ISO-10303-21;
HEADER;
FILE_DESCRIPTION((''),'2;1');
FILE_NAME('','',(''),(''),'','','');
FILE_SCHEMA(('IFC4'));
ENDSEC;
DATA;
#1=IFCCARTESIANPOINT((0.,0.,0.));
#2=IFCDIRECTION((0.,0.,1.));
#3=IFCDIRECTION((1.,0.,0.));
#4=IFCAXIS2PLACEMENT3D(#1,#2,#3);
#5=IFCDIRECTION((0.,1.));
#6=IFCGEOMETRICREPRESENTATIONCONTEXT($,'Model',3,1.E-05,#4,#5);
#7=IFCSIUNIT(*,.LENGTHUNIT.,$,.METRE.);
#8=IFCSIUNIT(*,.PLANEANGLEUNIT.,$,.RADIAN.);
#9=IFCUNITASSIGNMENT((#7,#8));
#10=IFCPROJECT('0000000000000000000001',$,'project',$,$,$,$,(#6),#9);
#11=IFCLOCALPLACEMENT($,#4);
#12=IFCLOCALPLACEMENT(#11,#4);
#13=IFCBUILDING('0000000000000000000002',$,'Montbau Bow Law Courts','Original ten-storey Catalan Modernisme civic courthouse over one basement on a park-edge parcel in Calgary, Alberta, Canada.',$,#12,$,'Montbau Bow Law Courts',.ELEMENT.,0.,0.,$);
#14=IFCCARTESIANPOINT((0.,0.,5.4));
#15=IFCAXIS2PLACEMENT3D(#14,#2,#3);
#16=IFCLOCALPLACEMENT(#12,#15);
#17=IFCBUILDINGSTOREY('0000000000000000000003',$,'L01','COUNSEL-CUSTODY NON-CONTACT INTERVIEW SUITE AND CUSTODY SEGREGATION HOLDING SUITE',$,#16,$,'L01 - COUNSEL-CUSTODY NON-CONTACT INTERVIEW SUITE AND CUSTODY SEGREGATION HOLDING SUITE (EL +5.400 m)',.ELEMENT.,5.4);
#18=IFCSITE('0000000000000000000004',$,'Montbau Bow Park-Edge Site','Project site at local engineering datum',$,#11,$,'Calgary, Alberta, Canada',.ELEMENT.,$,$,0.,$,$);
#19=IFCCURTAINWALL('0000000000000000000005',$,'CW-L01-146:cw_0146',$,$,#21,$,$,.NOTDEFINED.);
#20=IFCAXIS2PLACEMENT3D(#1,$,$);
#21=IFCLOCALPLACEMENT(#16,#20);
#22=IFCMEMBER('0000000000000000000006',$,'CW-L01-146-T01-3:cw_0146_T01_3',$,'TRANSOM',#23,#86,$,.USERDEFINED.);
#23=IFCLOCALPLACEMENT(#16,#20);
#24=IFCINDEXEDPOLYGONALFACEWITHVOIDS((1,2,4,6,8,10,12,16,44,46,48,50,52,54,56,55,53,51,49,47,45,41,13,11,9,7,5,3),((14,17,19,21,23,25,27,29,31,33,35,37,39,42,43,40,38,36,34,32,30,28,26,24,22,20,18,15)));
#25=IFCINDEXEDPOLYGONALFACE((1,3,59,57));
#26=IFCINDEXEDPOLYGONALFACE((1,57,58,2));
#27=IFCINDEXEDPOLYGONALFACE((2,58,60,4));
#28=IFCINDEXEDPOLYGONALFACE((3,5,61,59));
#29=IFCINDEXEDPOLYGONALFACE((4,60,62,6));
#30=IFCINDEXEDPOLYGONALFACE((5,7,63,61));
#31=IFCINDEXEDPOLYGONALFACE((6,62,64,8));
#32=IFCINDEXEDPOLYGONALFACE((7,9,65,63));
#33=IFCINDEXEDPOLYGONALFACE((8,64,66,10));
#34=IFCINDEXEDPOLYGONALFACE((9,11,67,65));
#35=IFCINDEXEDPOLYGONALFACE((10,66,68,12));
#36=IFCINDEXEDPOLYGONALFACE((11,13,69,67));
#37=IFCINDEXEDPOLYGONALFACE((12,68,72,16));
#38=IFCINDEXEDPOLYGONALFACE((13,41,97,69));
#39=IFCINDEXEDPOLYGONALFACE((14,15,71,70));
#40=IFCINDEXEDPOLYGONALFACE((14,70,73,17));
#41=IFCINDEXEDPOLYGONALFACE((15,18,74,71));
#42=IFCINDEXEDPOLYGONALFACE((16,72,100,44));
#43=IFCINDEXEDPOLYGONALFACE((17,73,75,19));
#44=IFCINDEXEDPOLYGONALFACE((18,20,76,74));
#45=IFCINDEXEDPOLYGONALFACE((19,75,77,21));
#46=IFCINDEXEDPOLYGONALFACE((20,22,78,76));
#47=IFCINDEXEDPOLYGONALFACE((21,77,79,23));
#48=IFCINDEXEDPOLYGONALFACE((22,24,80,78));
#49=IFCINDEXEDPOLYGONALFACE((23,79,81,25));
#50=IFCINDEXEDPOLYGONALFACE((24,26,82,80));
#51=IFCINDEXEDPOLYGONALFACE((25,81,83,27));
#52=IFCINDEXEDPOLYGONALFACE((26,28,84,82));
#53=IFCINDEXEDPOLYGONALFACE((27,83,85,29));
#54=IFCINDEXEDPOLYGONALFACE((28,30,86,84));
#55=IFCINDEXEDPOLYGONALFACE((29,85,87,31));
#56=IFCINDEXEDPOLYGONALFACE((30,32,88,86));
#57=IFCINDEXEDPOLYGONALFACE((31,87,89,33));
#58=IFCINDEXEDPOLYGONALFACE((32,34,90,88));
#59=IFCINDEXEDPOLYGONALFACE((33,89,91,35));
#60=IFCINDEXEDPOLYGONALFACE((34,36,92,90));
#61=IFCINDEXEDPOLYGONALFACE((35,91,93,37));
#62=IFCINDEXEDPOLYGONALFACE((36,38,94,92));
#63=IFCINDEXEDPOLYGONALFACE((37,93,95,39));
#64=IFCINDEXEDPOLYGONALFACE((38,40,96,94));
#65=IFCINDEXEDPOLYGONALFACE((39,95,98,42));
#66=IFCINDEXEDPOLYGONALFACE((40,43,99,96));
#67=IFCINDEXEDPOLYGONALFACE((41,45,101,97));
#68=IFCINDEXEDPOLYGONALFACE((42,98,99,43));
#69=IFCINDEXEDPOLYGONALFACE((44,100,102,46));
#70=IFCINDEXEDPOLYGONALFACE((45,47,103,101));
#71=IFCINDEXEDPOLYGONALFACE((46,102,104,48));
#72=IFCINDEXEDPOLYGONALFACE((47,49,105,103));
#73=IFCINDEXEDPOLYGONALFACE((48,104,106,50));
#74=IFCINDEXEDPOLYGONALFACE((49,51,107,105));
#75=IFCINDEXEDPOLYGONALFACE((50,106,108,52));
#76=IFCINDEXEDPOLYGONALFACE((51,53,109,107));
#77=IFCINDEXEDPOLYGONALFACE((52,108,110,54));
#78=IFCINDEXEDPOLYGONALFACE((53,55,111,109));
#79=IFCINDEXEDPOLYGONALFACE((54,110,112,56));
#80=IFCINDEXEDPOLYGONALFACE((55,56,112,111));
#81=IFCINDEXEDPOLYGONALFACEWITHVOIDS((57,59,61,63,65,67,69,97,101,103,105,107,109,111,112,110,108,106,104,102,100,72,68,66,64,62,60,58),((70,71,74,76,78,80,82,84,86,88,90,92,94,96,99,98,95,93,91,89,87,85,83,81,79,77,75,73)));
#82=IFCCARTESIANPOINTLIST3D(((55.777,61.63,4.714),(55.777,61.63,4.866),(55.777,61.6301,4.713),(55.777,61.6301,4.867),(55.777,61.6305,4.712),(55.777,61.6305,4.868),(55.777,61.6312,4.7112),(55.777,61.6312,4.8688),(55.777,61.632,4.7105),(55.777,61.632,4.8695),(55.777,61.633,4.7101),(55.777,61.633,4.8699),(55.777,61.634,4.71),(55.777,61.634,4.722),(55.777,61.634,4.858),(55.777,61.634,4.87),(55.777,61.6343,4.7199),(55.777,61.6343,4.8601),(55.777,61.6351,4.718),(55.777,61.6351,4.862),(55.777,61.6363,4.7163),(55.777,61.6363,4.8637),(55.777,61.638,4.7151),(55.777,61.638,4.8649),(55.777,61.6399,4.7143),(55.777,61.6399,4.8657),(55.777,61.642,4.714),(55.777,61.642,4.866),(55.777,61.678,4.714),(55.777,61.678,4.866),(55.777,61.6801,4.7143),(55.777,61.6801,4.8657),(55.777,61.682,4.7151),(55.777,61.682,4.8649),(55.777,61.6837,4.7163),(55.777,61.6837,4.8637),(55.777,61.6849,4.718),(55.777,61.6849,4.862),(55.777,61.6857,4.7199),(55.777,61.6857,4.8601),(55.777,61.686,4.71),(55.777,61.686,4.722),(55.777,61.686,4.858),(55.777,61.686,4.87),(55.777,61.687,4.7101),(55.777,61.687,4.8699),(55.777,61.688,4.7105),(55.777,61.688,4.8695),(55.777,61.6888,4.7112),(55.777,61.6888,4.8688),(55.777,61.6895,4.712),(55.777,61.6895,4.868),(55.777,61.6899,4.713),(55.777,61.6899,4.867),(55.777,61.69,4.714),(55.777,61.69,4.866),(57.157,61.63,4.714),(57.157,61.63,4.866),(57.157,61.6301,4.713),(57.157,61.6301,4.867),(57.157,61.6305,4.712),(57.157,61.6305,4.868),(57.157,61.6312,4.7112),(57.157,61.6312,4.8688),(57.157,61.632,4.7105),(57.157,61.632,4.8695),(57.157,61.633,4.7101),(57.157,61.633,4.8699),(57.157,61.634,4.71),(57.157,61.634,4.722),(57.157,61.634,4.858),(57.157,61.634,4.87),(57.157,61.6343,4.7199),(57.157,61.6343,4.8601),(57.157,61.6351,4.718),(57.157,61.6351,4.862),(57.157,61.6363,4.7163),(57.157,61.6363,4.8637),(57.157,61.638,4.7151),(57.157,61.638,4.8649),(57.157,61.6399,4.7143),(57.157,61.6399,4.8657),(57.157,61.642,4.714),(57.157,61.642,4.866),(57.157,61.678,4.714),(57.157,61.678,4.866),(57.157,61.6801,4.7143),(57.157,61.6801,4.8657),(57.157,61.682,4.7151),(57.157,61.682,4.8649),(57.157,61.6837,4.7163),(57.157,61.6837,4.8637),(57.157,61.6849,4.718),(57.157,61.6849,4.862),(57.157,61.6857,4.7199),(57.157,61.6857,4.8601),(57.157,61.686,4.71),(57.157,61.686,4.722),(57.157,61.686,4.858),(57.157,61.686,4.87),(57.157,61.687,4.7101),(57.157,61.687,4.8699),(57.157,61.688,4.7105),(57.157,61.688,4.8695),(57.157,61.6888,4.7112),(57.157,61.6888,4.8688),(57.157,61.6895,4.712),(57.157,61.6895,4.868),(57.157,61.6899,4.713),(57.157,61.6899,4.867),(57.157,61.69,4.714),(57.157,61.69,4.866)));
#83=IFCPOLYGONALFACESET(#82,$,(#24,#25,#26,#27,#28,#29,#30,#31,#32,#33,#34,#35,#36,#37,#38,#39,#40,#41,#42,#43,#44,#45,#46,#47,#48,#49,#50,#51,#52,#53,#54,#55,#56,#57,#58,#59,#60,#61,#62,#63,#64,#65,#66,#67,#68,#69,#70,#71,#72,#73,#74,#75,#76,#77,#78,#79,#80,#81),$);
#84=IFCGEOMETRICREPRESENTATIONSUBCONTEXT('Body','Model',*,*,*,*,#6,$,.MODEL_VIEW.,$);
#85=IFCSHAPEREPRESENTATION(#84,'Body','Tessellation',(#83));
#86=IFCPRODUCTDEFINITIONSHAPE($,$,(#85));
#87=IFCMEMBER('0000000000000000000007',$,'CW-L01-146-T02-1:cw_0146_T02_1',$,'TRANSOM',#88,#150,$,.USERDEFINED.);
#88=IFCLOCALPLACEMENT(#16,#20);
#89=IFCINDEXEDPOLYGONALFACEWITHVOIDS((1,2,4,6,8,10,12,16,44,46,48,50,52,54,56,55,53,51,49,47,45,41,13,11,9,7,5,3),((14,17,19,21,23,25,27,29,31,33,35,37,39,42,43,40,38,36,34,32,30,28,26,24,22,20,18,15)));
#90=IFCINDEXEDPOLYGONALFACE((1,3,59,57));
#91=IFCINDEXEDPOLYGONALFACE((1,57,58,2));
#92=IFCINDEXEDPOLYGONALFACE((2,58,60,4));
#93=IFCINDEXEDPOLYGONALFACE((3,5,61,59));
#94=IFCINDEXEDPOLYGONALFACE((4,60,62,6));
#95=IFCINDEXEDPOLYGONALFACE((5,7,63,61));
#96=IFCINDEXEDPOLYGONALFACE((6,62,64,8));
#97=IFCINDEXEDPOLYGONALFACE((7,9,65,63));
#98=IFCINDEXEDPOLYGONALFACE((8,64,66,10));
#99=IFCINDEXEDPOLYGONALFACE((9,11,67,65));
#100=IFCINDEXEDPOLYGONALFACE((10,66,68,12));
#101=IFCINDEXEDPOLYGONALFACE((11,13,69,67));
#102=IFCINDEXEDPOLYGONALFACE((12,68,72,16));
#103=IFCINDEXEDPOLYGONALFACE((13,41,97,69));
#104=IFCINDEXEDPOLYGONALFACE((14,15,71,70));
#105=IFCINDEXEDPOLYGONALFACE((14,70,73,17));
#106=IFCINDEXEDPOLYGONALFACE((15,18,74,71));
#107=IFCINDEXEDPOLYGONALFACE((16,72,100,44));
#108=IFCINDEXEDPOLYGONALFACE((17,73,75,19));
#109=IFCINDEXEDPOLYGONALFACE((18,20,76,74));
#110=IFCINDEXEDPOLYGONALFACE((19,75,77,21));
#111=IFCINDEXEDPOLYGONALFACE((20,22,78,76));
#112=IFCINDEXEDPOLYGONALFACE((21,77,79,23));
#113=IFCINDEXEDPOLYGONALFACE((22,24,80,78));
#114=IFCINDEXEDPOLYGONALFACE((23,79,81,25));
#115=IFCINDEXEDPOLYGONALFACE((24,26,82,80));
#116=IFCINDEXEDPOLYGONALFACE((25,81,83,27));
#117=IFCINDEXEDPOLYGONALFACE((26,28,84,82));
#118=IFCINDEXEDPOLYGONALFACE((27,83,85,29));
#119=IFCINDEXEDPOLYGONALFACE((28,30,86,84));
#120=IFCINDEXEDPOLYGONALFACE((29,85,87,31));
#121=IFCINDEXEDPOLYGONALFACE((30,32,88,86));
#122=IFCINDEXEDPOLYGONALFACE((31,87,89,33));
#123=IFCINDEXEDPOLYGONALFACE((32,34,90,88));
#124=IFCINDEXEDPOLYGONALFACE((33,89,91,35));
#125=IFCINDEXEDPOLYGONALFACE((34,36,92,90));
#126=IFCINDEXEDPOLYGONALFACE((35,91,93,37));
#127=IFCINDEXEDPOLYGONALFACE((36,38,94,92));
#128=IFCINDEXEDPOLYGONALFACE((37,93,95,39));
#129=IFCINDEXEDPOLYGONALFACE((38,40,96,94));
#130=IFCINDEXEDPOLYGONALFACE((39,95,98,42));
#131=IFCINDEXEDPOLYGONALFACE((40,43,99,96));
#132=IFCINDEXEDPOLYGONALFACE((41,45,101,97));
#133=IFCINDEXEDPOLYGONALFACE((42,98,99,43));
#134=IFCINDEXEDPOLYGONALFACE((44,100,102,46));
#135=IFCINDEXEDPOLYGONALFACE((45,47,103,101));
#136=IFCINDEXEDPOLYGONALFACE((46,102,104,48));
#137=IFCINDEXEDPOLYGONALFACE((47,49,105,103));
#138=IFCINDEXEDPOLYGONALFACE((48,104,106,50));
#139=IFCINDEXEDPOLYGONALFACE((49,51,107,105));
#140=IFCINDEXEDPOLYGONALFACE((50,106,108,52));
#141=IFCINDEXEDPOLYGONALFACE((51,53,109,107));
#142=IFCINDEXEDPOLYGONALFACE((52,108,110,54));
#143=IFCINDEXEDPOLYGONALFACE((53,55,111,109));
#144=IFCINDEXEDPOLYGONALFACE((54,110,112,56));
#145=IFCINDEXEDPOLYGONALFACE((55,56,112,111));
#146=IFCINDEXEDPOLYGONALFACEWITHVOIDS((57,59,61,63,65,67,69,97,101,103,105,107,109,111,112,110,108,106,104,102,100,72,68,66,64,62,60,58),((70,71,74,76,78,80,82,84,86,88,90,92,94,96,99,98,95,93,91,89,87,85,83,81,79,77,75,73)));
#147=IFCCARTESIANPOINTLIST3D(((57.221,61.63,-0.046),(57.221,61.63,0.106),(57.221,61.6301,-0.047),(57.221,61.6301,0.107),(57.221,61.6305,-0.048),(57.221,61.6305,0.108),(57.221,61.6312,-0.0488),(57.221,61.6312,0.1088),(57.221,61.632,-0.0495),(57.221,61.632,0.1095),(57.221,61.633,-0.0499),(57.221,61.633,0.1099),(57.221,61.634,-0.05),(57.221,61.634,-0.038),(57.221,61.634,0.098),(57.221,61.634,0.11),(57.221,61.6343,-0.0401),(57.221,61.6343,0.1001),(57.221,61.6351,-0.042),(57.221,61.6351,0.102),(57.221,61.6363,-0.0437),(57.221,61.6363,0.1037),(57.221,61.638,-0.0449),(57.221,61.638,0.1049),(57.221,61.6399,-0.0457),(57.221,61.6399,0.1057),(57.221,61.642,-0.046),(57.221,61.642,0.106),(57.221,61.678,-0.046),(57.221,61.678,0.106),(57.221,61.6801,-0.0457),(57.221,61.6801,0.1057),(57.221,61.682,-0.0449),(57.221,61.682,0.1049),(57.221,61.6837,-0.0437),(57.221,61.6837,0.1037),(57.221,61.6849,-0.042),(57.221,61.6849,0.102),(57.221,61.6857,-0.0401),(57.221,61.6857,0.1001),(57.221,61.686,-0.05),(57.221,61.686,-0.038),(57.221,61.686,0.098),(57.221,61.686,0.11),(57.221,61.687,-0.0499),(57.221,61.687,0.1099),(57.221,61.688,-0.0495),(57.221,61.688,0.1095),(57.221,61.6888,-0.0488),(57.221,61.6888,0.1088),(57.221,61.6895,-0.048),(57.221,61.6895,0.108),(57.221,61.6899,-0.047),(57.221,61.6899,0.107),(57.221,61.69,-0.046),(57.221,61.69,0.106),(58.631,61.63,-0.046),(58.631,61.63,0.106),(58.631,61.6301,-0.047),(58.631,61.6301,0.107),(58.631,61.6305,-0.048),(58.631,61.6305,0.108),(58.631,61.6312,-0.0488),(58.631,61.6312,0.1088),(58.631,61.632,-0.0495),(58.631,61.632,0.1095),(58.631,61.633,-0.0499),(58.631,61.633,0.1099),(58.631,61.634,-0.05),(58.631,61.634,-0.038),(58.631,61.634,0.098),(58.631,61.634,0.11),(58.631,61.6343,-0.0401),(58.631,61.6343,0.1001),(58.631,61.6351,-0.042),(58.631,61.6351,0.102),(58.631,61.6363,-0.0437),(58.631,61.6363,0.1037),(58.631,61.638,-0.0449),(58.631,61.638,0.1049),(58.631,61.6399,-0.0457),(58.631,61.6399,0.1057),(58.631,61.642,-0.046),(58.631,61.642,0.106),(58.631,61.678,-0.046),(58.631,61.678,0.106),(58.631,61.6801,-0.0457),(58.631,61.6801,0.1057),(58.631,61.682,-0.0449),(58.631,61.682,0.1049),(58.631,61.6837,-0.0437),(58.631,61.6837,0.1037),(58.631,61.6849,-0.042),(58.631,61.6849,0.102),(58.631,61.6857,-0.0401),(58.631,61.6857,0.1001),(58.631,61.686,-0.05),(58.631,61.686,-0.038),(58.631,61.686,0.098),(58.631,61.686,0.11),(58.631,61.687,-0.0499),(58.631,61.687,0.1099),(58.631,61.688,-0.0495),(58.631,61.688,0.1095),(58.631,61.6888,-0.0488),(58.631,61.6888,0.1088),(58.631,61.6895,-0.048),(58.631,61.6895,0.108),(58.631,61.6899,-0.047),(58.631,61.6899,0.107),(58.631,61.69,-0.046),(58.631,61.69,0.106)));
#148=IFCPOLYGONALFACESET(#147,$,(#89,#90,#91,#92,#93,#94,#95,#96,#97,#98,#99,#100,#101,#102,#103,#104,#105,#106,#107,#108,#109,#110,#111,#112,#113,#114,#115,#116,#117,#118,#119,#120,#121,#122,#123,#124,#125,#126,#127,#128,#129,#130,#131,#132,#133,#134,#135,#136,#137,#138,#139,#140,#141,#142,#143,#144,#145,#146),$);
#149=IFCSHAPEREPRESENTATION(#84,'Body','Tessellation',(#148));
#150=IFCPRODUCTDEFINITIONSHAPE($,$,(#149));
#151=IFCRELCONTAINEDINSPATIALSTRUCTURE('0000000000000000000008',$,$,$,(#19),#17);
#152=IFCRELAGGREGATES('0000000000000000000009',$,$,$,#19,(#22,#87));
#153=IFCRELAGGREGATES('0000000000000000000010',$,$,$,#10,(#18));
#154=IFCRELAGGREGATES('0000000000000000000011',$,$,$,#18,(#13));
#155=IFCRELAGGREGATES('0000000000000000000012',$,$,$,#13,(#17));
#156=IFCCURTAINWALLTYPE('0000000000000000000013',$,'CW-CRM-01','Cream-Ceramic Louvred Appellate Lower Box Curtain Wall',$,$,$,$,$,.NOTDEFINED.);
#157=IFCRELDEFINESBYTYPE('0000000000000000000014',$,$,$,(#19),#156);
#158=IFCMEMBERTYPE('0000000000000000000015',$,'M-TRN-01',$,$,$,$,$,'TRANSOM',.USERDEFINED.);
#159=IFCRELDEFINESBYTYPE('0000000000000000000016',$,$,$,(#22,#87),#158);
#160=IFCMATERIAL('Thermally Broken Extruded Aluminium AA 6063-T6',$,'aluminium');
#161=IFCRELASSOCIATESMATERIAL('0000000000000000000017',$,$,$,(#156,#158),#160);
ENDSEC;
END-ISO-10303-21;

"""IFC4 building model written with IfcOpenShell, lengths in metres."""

from ifc_helpers import new_model, si_unit, direction, frame, origin_with_axes, origin_2d_with_axis, place, context, subcontext, project, spatial, hollow_rectangle, extrude, material, material_profile, profile_set, type_object, element, aggregate, save


model = new_model("IFC4")

# Units and contexts
model_context = context("Model", 3, precision=1e-05, world=origin_with_axes(), true_north=direction((0.0, 1.0)))
body_context = subcontext(model_context, "Body", "Model", "MODEL_VIEW")
ifc_project = project(units=[si_unit("LENGTHUNIT", "METRE"), si_unit("PLANEANGLEUNIT", "RADIAN")], contexts=[model_context])

# Site, building, storey
site_placement = place(None, origin_with_axes())
site = spatial("IfcSite", under=ifc_project, at=site_placement, Name="Montbau Bow Park-Edge Site", Description="Project site at local engineering datum", LongName="Calgary, Alberta, Canada", CompositionType="ELEMENT", RefElevation=0.0)
building_placement = place(site_placement, origin_with_axes())
building = spatial("IfcBuilding", under=site, at=building_placement, Name="Montbau Bow Law Courts", Description="Original ten-storey Catalan Modernisme civic courthouse over one basement on a park-edge parcel in Calgary, Alberta, Canada.", LongName="Montbau Bow Law Courts", CompositionType="ELEMENT", ElevationOfRefHeight=0.0, ElevationOfTerrain=0.0)
storey_placement = place(building_placement, frame((0.0, 0.0, 5.4), z_axis=(0.0, 0.0, 1.0), x_axis=(1.0, 0.0, 0.0)))
storey = spatial("IfcBuildingStorey", under=building, at=storey_placement, Name="L01", Description="COUNSEL-CUSTODY NON-CONTACT INTERVIEW SUITE AND CUSTODY SEGREGATION HOLDING SUITE", LongName="L01 - COUNSEL-CUSTODY NON-CONTACT INTERVIEW SUITE AND CUSTODY SEGREGATION HOLDING SUITE (EL +5.400 m)", CompositionType="ELEMENT", Elevation=5.4)

# Curtain wall, members
ifc_material_1 = material(Name="Thermally Broken Extruded Aluminium AA 6063-T6", Category="aluminium")
curtain_wall_type = type_object("IfcCurtainWallType", Name="CW-CRM-01", Description="Cream-Ceramic Louvred Appellate Lower Box Curtain Wall", PredefinedType="NOTDEFINED", material=ifc_material_1)
curtain_wall_1_placement = place(None, frame((55.715, 61.66, 5.4), z_axis=(0.0, 0.0, 1.0), x_axis=(1.0, 0.0, 0.0)))
curtain_wall_1 = element("IfcCurtainWall", 1, at=curtain_wall_1_placement, inside=storey, type_object=curtain_wall_type, Name="CW-L01-146:cw_0146", PredefinedType="NOTDEFINED")
ifc_material_profile_1 = material_profile(ifc_material_1, hollow_rectangle(XDim=0.06, YDim=0.16, WallThickness=0.004, InnerFilletRadius=0.008, OuterFilletRadius=0.004, at=origin_2d_with_axis()), Name="CWT-160X60", Category="Main", Priority=0)
ifc_profile_set_1 = profile_set([ifc_material_profile_1], Name="Thermally Broken Extruded Aluminium AA 6063-T6")
member_type_1 = type_object("IfcMemberType", Name="M-TRN-01", ElementType="TRANSOM", PredefinedType="USERDEFINED", material=ifc_profile_set_1)
member_1_placement = place(None, frame((55.777, 61.66, 10.19), z_axis=(1.0, 0.0, 0.0), x_axis=(0.0, 1.0, 0.0)))
member_1 = element("IfcMember", 2, at=member_1_placement, type_object=member_type_1, Name="CW-L01-146-T01-3:cw_0146_T01_3", ObjectType="TRANSOM", PredefinedType="USERDEFINED", context=body_context, shape_type="SweptSolid", body=[
    extrude(hollow_rectangle(XDim=0.06, YDim=0.16, WallThickness=0.004, InnerFilletRadius=0.008, OuterFilletRadius=0.004, at=origin_2d_with_axis()), origin_with_axes(), (0.0, 0.0, 1.0), 1.38),
])
member_2_placement = place(None, frame((57.221, 61.66, 5.43), z_axis=(1.0, 0.0, 0.0), x_axis=(0.0, 1.0, 0.0)))
member_2 = element("IfcMember", 3, at=member_2_placement, type_object=member_type_1, Name="CW-L01-146-T02-1:cw_0146_T02_1", ObjectType="TRANSOM", PredefinedType="USERDEFINED", context=body_context, shape_type="SweptSolid", body=[
    extrude(hollow_rectangle(XDim=0.06, YDim=0.16, WallThickness=0.004, InnerFilletRadius=0.008, OuterFilletRadius=0.004, at=origin_2d_with_axis()), origin_with_axes(), (0.0, 0.0, 1.0), 1.41),
])

aggregate(curtain_wall_1, [member_1, member_2])

save(model, "model.ifc")
